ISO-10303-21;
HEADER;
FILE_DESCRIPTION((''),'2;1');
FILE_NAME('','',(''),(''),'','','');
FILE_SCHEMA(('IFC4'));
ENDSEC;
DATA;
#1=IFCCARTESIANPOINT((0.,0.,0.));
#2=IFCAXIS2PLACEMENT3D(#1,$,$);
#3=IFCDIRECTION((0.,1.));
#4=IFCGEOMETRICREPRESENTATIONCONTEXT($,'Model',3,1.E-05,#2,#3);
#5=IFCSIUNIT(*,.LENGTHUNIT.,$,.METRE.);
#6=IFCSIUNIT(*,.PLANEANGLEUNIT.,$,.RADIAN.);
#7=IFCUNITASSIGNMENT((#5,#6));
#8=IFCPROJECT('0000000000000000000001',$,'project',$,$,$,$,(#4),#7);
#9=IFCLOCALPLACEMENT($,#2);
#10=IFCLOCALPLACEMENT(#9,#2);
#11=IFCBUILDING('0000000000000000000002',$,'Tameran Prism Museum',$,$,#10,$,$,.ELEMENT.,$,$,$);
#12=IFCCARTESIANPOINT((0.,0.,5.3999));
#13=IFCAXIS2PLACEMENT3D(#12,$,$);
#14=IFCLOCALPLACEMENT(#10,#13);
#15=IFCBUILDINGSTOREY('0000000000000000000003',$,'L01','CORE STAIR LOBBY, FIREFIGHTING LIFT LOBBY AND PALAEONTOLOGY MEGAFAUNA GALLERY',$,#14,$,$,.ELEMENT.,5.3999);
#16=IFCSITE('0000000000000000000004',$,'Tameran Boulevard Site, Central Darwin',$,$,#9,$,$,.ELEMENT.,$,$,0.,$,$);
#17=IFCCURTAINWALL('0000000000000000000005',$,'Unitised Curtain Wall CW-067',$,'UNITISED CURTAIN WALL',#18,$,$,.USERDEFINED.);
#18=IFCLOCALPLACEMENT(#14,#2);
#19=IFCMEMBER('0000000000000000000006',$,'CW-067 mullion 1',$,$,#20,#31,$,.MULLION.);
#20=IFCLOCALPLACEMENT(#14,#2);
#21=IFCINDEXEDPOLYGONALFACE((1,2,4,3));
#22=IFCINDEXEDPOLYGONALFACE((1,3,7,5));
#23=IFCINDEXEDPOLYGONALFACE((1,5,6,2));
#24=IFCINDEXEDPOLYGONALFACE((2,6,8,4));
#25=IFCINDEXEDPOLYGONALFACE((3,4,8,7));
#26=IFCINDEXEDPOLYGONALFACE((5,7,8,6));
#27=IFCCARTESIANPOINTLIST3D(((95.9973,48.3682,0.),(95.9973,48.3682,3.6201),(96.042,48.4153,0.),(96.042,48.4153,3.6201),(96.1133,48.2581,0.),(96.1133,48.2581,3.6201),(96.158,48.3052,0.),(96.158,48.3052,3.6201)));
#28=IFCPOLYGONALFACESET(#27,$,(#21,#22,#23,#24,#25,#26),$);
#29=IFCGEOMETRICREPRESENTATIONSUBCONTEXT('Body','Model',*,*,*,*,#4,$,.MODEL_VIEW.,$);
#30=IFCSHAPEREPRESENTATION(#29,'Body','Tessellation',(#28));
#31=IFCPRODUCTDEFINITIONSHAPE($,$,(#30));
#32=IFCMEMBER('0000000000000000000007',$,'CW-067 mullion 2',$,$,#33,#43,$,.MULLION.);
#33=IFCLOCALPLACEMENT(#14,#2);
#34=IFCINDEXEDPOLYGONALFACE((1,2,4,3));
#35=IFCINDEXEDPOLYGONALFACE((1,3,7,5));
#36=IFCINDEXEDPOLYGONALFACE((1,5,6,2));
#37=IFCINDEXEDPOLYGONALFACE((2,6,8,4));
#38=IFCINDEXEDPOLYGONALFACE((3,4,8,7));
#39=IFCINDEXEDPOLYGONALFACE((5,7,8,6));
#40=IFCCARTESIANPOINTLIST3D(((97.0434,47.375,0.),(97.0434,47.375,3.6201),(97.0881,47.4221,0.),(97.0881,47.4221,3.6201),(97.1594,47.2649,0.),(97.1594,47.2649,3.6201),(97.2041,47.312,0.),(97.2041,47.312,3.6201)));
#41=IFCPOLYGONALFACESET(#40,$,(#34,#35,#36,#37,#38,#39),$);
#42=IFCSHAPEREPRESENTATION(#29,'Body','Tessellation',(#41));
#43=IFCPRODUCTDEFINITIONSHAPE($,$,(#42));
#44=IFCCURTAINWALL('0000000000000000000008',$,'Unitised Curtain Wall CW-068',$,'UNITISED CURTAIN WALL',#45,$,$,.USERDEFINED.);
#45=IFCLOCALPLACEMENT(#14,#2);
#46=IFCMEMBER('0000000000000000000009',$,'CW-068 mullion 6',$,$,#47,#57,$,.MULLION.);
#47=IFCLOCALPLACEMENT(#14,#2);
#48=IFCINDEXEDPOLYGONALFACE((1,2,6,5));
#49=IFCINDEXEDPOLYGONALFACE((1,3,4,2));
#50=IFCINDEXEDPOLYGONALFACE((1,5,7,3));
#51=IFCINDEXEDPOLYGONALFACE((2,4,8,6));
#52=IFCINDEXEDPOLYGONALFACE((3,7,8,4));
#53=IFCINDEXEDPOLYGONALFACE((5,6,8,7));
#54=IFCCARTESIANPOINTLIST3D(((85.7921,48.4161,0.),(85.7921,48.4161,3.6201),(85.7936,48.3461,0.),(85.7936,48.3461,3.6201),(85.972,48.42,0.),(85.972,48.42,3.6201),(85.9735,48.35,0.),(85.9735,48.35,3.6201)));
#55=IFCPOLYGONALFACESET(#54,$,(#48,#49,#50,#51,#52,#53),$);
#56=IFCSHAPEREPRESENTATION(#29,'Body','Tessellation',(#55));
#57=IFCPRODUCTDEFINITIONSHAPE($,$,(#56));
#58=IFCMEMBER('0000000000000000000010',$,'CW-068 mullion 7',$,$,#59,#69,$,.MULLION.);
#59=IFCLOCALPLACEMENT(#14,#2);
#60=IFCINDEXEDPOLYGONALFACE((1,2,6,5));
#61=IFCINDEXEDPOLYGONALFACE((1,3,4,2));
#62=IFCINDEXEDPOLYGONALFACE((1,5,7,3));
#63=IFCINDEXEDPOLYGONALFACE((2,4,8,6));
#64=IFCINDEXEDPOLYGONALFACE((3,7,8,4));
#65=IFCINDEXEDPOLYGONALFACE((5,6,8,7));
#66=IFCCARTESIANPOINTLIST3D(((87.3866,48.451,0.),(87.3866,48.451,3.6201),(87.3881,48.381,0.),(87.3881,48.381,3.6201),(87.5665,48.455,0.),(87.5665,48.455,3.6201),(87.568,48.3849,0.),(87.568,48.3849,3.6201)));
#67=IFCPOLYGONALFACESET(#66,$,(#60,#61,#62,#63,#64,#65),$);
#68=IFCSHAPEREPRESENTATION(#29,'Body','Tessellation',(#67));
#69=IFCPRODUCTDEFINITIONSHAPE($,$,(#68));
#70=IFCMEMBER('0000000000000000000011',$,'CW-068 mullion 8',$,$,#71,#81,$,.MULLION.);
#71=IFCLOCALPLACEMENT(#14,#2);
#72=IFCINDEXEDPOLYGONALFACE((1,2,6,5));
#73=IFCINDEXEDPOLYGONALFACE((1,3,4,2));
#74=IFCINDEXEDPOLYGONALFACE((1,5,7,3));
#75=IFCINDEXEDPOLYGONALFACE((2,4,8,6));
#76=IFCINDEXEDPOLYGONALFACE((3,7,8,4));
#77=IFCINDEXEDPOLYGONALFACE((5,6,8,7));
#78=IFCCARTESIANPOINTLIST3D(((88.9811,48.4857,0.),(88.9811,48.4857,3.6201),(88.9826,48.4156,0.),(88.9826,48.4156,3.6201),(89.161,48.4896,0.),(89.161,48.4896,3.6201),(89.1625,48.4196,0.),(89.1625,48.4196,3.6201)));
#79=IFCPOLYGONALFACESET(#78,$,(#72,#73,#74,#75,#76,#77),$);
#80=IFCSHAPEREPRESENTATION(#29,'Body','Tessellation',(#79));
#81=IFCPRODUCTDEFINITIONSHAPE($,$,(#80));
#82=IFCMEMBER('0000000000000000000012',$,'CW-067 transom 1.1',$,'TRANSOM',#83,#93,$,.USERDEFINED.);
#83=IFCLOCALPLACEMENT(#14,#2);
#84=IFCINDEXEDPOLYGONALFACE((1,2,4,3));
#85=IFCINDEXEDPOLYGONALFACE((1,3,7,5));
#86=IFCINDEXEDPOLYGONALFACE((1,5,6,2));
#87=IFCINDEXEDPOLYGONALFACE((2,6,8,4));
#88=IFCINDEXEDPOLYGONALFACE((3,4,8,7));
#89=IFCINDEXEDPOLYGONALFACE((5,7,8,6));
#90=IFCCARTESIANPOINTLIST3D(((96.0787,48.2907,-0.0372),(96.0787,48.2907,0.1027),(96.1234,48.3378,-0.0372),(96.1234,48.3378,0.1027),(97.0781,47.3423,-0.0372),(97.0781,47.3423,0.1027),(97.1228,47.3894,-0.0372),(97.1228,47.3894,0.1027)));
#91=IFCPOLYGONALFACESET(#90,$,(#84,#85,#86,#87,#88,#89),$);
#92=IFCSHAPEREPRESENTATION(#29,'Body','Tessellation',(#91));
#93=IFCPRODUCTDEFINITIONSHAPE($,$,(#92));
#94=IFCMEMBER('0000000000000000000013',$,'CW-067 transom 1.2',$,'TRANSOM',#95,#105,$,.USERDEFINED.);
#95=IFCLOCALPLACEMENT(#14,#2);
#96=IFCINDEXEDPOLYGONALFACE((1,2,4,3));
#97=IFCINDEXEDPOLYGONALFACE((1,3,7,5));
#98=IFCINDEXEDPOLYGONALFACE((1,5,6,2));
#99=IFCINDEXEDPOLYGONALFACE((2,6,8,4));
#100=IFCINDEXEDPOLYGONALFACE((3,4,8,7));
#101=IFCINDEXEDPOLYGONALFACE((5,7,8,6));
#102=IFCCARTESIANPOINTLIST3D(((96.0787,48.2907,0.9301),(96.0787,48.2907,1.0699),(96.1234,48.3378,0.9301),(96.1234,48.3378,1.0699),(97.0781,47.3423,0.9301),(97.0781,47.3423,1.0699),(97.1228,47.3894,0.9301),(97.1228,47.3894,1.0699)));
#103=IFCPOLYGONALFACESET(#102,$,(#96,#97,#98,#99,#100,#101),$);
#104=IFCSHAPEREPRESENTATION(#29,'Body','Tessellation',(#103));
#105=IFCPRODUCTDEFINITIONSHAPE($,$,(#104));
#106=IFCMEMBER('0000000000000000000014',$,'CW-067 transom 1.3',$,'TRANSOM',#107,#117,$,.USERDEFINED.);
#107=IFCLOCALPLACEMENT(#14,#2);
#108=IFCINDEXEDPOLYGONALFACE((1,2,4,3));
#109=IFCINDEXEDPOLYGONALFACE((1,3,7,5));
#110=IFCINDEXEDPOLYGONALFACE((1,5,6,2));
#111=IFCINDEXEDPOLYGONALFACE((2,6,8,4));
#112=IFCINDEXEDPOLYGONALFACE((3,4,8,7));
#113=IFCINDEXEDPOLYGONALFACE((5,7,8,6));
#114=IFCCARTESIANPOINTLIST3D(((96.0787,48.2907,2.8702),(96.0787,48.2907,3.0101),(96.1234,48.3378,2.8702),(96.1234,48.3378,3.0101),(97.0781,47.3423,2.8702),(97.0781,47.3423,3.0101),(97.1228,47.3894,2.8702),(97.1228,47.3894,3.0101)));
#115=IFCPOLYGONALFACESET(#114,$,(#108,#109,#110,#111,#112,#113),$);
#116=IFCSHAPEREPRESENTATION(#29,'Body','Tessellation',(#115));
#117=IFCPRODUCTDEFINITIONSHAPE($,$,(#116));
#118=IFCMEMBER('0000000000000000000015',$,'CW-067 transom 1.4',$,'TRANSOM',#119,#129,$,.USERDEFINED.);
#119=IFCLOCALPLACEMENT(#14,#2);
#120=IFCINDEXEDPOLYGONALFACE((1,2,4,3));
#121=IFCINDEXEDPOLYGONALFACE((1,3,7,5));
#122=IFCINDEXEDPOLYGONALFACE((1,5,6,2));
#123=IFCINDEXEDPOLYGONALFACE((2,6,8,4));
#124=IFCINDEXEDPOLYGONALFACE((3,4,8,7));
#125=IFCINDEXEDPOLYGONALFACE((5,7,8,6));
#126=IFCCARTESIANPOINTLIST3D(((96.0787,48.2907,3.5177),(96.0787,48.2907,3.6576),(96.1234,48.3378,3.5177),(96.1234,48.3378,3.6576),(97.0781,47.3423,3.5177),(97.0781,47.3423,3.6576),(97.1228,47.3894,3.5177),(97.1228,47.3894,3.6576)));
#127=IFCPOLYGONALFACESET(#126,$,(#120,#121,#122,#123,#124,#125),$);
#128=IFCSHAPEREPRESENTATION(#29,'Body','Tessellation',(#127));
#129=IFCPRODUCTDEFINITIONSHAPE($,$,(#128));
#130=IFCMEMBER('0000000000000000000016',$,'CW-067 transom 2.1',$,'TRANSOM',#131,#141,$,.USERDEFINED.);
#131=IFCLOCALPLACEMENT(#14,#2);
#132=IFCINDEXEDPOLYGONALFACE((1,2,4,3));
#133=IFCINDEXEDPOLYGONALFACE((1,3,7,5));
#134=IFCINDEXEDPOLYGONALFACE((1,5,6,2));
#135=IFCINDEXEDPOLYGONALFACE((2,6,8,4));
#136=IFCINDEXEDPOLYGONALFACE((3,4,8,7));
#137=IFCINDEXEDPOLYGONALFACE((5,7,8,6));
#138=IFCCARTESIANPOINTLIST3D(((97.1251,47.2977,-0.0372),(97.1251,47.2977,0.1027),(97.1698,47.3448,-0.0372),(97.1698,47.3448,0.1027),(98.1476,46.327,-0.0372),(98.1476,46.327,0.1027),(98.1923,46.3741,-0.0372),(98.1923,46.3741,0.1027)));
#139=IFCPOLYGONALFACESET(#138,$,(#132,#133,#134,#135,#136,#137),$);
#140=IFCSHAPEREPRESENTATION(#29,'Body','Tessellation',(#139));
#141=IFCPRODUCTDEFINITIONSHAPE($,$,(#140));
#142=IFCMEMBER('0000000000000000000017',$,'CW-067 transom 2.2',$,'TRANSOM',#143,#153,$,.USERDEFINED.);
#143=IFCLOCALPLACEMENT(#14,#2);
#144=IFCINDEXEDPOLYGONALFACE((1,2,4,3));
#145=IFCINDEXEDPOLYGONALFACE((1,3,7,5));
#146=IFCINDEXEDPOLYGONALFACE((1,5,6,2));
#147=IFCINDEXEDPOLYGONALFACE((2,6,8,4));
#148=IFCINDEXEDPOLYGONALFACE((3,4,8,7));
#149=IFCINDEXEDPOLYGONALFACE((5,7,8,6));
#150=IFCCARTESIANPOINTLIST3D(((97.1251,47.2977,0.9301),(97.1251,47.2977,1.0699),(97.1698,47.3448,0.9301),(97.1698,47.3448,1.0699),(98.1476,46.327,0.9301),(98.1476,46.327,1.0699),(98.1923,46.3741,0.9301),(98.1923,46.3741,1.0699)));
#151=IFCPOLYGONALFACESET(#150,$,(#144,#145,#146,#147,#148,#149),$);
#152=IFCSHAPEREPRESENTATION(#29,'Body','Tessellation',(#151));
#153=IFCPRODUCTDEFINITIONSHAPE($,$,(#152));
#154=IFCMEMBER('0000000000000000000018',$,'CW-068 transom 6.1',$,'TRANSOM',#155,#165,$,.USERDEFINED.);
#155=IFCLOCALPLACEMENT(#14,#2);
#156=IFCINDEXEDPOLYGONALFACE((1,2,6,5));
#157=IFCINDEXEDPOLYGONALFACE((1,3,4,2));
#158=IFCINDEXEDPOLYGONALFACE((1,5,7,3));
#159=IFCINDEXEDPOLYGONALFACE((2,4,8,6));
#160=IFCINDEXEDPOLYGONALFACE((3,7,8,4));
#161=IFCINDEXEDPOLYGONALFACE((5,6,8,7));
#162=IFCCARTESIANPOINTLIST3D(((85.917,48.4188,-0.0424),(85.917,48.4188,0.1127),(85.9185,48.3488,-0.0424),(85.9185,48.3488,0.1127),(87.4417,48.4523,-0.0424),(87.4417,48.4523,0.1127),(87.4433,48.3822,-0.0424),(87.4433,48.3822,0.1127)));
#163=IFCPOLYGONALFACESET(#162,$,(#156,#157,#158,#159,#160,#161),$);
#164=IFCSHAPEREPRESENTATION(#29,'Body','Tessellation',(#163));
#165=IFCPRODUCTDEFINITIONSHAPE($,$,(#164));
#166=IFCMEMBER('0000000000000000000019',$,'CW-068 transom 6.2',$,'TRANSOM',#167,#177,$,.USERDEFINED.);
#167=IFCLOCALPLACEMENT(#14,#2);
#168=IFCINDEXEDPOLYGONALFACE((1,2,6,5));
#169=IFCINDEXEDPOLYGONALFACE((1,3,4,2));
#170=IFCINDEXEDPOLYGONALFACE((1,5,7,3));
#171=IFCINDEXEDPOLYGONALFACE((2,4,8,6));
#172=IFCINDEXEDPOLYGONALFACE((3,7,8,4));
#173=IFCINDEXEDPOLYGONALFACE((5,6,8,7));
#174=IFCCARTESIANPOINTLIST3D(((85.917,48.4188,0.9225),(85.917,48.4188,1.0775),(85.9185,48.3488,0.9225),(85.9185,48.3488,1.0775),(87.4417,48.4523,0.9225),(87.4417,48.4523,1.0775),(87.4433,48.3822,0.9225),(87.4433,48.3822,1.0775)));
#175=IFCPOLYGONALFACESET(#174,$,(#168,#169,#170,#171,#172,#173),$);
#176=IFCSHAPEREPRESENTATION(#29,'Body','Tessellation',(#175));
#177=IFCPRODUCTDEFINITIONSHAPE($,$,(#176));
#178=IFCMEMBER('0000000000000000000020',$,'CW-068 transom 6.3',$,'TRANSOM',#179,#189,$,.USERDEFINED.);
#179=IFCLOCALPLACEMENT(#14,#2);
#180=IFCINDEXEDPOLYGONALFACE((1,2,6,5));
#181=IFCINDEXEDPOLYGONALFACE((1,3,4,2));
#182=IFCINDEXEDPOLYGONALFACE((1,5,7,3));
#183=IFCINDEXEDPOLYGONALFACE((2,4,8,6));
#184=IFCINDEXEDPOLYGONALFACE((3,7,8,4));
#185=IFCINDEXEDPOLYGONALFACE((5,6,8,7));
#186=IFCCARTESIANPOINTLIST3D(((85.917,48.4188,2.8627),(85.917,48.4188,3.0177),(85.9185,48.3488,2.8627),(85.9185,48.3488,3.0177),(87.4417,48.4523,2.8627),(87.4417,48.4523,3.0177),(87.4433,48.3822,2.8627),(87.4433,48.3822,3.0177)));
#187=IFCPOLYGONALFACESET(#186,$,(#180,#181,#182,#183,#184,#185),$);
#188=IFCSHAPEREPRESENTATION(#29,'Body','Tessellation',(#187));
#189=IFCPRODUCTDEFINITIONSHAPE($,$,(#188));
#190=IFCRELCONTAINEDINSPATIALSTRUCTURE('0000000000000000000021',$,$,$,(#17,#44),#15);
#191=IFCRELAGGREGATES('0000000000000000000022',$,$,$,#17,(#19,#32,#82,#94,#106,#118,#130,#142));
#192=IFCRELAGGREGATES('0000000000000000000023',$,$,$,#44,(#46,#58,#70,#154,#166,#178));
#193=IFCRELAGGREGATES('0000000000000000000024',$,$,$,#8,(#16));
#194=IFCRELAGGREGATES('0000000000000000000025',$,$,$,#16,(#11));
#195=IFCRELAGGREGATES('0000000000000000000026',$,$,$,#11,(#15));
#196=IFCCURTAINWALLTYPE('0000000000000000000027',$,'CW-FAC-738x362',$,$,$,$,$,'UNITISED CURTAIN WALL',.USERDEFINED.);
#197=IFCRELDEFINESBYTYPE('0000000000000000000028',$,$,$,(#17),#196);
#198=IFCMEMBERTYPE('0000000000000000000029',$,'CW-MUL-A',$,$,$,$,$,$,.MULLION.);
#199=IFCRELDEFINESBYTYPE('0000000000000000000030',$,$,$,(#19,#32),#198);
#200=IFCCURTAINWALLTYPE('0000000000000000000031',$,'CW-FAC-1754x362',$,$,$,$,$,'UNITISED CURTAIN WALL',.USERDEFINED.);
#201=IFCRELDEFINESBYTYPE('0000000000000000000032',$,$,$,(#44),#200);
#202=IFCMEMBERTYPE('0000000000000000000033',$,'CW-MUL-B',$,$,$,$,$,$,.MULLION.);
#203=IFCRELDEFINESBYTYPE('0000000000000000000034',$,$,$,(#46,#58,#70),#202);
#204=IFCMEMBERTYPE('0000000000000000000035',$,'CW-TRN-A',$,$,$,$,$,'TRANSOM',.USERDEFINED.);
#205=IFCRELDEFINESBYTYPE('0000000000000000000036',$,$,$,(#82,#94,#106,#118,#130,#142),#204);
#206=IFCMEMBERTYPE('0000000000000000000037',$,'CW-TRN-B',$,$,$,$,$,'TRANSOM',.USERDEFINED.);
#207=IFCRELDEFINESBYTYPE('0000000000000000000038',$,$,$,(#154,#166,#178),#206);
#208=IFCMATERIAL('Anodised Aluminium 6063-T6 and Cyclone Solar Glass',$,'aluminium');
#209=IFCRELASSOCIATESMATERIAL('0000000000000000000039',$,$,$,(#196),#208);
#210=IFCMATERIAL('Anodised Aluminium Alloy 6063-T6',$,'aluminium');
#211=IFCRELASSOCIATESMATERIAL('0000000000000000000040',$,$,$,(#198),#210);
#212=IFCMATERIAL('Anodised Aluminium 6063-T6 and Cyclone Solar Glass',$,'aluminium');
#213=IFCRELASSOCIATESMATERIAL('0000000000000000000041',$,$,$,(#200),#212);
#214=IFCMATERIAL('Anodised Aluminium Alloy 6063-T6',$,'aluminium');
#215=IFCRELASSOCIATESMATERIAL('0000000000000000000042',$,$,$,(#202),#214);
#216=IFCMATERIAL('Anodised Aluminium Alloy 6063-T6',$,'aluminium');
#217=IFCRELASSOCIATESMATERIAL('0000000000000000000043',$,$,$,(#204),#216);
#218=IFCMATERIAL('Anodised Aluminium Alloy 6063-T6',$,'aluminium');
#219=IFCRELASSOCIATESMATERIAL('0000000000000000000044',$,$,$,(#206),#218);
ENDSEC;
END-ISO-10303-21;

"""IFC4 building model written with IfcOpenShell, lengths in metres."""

from ifc_helpers import new_model, si_unit, direction, frame, origin, origin_2d, place, context, subcontext, project, spatial, rectangle, extrude, material, material_profile, profile_set, type_object, element, aggregate, save


model = new_model("IFC4")

# Units and contexts
model_context = context("Model", 3, precision=1e-05, world=origin(), true_north=direction((0.0, 1.0)))
body_context = subcontext(model_context, "Body", "Model", "MODEL_VIEW")
ifc_project = project(units=[si_unit("LENGTHUNIT", "METRE"), si_unit("PLANEANGLEUNIT", "RADIAN")], contexts=[model_context])

# Site, building, storey
site_placement = place(None, origin())
site = spatial("IfcSite", under=ifc_project, at=site_placement, Name="Tameran Boulevard Site, Central Darwin", CompositionType="ELEMENT", RefElevation=0.0)
building_placement = place(site_placement, origin())
building = spatial("IfcBuilding", under=site, at=building_placement, Name="Tameran Prism Museum", CompositionType="ELEMENT")
storey_placement = place(building_placement, frame((0.0, 0.0, 5.3999)))
storey = spatial("IfcBuildingStorey", under=building, at=storey_placement, Name="L01", Description="CORE STAIR LOBBY, FIREFIGHTING LIFT LOBBY AND PALAEONTOLOGY MEGAFAUNA GALLERY", CompositionType="ELEMENT", Elevation=5.3999)

# Curtain walls, members
ifc_material_1 = material(Name="Anodised Aluminium 6063-T6 and Cyclone Solar Glass", Category="aluminium")
curtain_wall_type_1 = type_object("IfcCurtainWallType", Name="CW-FAC-738x362", ElementType="UNITISED CURTAIN WALL", PredefinedType="USERDEFINED", material=ifc_material_1)
curtain_wall_1_placement = place(storey_placement, origin())
curtain_wall_1 = element("IfcCurtainWall", 1, at=curtain_wall_1_placement, inside=storey, type_object=curtain_wall_type_1, Name="Unitised Curtain Wall CW-067", ObjectType="UNITISED CURTAIN WALL", PredefinedType="USERDEFINED")
ifc_material_2 = material(Name="Anodised Aluminium Alloy 6063-T6", Category="aluminium")
ifc_material_profile_1 = material_profile(ifc_material_2, rectangle(XDim=0.0649, YDim=0.1599, at=origin_2d()))
ifc_profile_set_1 = profile_set([ifc_material_profile_1])
member_type_1 = type_object("IfcMemberType", Name="CW-MUL-A", PredefinedType="MULLION", material=ifc_profile_set_1)
member_1_placement = place(storey_placement, frame((96.0776, 48.3367, 0.0), z_axis=(0.0, 0.0, 1.0), x_axis=(0.688425, 0.725307, 0.0)))
member_1 = element("IfcMember", 2, at=member_1_placement, type_object=member_type_1, Name="CW-067 mullion 1", PredefinedType="MULLION", context=body_context, shape_type="SweptSolid", body=[
    extrude(rectangle(XDim=0.0649, YDim=0.1599, at=origin_2d()), origin(), (0.0, 0.0, 1.0), 3.6201),
])
member_2_placement = place(storey_placement, frame((97.1238, 47.3435, 0.0), z_axis=(0.0, 0.0, 1.0), x_axis=(0.688425, 0.725307, 0.0)))
member_2 = element("IfcMember", 3, at=member_2_placement, type_object=member_type_1, Name="CW-067 mullion 2", PredefinedType="MULLION", context=body_context, shape_type="SweptSolid", body=[
    extrude(rectangle(XDim=0.0649, YDim=0.1599, at=origin_2d()), origin(), (0.0, 0.0, 1.0), 3.6201),
])
ifc_material_3 = material(Name="Anodised Aluminium 6063-T6 and Cyclone Solar Glass", Category="aluminium")
curtain_wall_type_2 = type_object("IfcCurtainWallType", Name="CW-FAC-1754x362", ElementType="UNITISED CURTAIN WALL", PredefinedType="USERDEFINED", material=ifc_material_3)
curtain_wall_2_placement = place(storey_placement, origin())
curtain_wall_2 = element("IfcCurtainWall", 4, at=curtain_wall_2_placement, inside=storey, type_object=curtain_wall_type_2, Name="Unitised Curtain Wall CW-068", ObjectType="UNITISED CURTAIN WALL", PredefinedType="USERDEFINED")
ifc_material_4 = material(Name="Anodised Aluminium Alloy 6063-T6", Category="aluminium")
ifc_material_profile_2 = material_profile(ifc_material_4, rectangle(XDim=0.0701, YDim=0.1799, at=origin_2d()))
ifc_profile_set_2 = profile_set([ifc_material_profile_2])
member_type_2 = type_object("IfcMemberType", Name="CW-MUL-B", PredefinedType="MULLION", material=ifc_profile_set_2)
member_3_placement = place(storey_placement, frame((85.8828, 48.3831, 0.0), z_axis=(0.0, 0.0, 1.0), x_axis=(-0.021831, 0.999762, 0.0)))
member_3 = element("IfcMember", 5, at=member_3_placement, type_object=member_type_2, Name="CW-068 mullion 6", PredefinedType="MULLION", context=body_context, shape_type="SweptSolid", body=[
    extrude(rectangle(XDim=0.0701, YDim=0.1799, at=origin_2d()), origin(), (0.0, 0.0, 1.0), 3.6201),
])
member_4_placement = place(storey_placement, frame((87.4773, 48.418, 0.0), z_axis=(0.0, 0.0, 1.0), x_axis=(-0.021831, 0.999762, 0.0)))
member_4 = element("IfcMember", 6, at=member_4_placement, type_object=member_type_2, Name="CW-068 mullion 7", PredefinedType="MULLION", context=body_context, shape_type="SweptSolid", body=[
    extrude(rectangle(XDim=0.0701, YDim=0.1799, at=origin_2d()), origin(), (0.0, 0.0, 1.0), 3.6201),
])
member_5_placement = place(storey_placement, frame((89.0718, 48.4526, 0.0), z_axis=(0.0, 0.0, 1.0), x_axis=(-0.021831, 0.999762, 0.0)))
member_5 = element("IfcMember", 7, at=member_5_placement, type_object=member_type_2, Name="CW-068 mullion 8", PredefinedType="MULLION", context=body_context, shape_type="SweptSolid", body=[
    extrude(rectangle(XDim=0.0701, YDim=0.1799, at=origin_2d()), origin(), (0.0, 0.0, 1.0), 3.6201),
])

# Members
ifc_material_5 = material(Name="Anodised Aluminium Alloy 6063-T6", Category="aluminium")
ifc_material_profile_3 = material_profile(ifc_material_5, rectangle(XDim=0.0649, YDim=0.1399, at=origin_2d()))
ifc_profile_set_3 = profile_set([ifc_material_profile_3])
member_type_3 = type_object("IfcMemberType", Name="CW-TRN-A", ElementType="TRANSOM", PredefinedType="USERDEFINED", material=ifc_profile_set_3)
member_6_placement = place(storey_placement, frame((96.1011, 48.3142, 0.0327), z_axis=(0.725384, -0.688344, 0.0), x_axis=(0.688344, 0.725384, 0.0)))
member_6 = element("IfcMember", 8, at=member_6_placement, type_object=member_type_3, Name="CW-067 transom 1.1", ObjectType="TRANSOM", PredefinedType="USERDEFINED", context=body_context, shape_type="SweptSolid", body=[
    extrude(rectangle(XDim=0.0649, YDim=0.1399, at=origin_2d()), origin(), (0.0, 0.0, 1.0), 1.3777),
])
member_7_placement = place(storey_placement, frame((96.1011, 48.3142, 1.0), z_axis=(0.725384, -0.688344, 0.0), x_axis=(0.688344, 0.725384, 0.0)))
member_7 = element("IfcMember", 9, at=member_7_placement, type_object=member_type_3, Name="CW-067 transom 1.2", ObjectType="TRANSOM", PredefinedType="USERDEFINED", context=body_context, shape_type="SweptSolid", body=[
    extrude(rectangle(XDim=0.0649, YDim=0.1399, at=origin_2d()), origin(), (0.0, 0.0, 1.0), 1.3777),
])
member_8_placement = place(storey_placement, frame((96.1011, 48.3142, 2.9402), z_axis=(0.725384, -0.688344, 0.0), x_axis=(0.688344, 0.725384, 0.0)))
member_8 = element("IfcMember", 10, at=member_8_placement, type_object=member_type_3, Name="CW-067 transom 1.3", ObjectType="TRANSOM", PredefinedType="USERDEFINED", context=body_context, shape_type="SweptSolid", body=[
    extrude(rectangle(XDim=0.0649, YDim=0.1399, at=origin_2d()), origin(), (0.0, 0.0, 1.0), 1.3777),
])
member_9_placement = place(storey_placement, frame((96.1011, 48.3142, 3.5876), z_axis=(0.725384, -0.688344, 0.0), x_axis=(0.688344, 0.725384, 0.0)))
member_9 = element("IfcMember", 11, at=member_9_placement, type_object=member_type_3, Name="CW-067 transom 1.4", ObjectType="TRANSOM", PredefinedType="USERDEFINED", context=body_context, shape_type="SweptSolid", body=[
    extrude(rectangle(XDim=0.0649, YDim=0.1399, at=origin_2d()), origin(), (0.0, 0.0, 1.0), 1.3777),
])
member_10_placement = place(storey_placement, frame((97.1475, 47.3213, 0.0327), z_axis=(0.725224, -0.688513, 0.0), x_axis=(0.688513, 0.725224, 0.0)))
member_10 = element("IfcMember", 12, at=member_10_placement, type_object=member_type_3, Name="CW-067 transom 2.1", ObjectType="TRANSOM", PredefinedType="USERDEFINED", context=body_context, shape_type="SweptSolid", body=[
    extrude(rectangle(XDim=0.0649, YDim=0.1399, at=origin_2d()), origin(), (0.0, 0.0, 1.0), 1.4099),
])
member_11_placement = place(storey_placement, frame((97.1475, 47.3213, 1.0), z_axis=(0.725224, -0.688513, 0.0), x_axis=(0.688513, 0.725224, 0.0)))
member_11 = element("IfcMember", 13, at=member_11_placement, type_object=member_type_3, Name="CW-067 transom 2.2", ObjectType="TRANSOM", PredefinedType="USERDEFINED", context=body_context, shape_type="SweptSolid", body=[
    extrude(rectangle(XDim=0.0649, YDim=0.1399, at=origin_2d()), origin(), (0.0, 0.0, 1.0), 1.4099),
])
ifc_material_6 = material(Name="Anodised Aluminium Alloy 6063-T6", Category="aluminium")
ifc_material_profile_4 = material_profile(ifc_material_6, rectangle(XDim=0.0701, YDim=0.155, at=origin_2d()))
ifc_profile_set_4 = profile_set([ifc_material_profile_4])
member_type_4 = type_object("IfcMemberType", Name="CW-TRN-B", ElementType="TRANSOM", PredefinedType="USERDEFINED", material=ifc_profile_set_4)
member_12_placement = place(storey_placement, frame((85.9177, 48.3838, 0.0352), z_axis=(0.999759, 0.021932, 0.0), x_axis=(-0.021932, 0.999759, 0.0)))
member_12 = element("IfcMember", 14, at=member_12_placement, type_object=member_type_4, Name="CW-068 transom 6.1", ObjectType="TRANSOM", PredefinedType="USERDEFINED", context=body_context, shape_type="SweptSolid", body=[
    extrude(rectangle(XDim=0.0701, YDim=0.155, at=origin_2d()), origin(), (0.0, 0.0, 1.0), 1.5251),
])
member_13_placement = place(storey_placement, frame((85.9177, 48.3838, 1.0), z_axis=(0.999759, 0.021932, 0.0), x_axis=(-0.021932, 0.999759, 0.0)))
member_13 = element("IfcMember", 15, at=member_13_placement, type_object=member_type_4, Name="CW-068 transom 6.2", ObjectType="TRANSOM", PredefinedType="USERDEFINED", context=body_context, shape_type="SweptSolid", body=[
    extrude(rectangle(XDim=0.0701, YDim=0.155, at=origin_2d()), origin(), (0.0, 0.0, 1.0), 1.5251),
])
member_14_placement = place(storey_placement, frame((85.9177, 48.3838, 2.9402), z_axis=(0.999759, 0.021932, 0.0), x_axis=(-0.021932, 0.999759, 0.0)))
member_14 = element("IfcMember", 16, at=member_14_placement, type_object=member_type_4, Name="CW-068 transom 6.3", ObjectType="TRANSOM", PredefinedType="USERDEFINED", context=body_context, shape_type="SweptSolid", body=[
    extrude(rectangle(XDim=0.0701, YDim=0.155, at=origin_2d()), origin(), (0.0, 0.0, 1.0), 1.5251),
])

aggregate(curtain_wall_1, [member_1, member_2, member_6, member_7, member_8, member_9, member_10, member_11])
aggregate(curtain_wall_2, [member_3, member_4, member_5, member_12, member_13, member_14])

save(model, "model.ifc")
